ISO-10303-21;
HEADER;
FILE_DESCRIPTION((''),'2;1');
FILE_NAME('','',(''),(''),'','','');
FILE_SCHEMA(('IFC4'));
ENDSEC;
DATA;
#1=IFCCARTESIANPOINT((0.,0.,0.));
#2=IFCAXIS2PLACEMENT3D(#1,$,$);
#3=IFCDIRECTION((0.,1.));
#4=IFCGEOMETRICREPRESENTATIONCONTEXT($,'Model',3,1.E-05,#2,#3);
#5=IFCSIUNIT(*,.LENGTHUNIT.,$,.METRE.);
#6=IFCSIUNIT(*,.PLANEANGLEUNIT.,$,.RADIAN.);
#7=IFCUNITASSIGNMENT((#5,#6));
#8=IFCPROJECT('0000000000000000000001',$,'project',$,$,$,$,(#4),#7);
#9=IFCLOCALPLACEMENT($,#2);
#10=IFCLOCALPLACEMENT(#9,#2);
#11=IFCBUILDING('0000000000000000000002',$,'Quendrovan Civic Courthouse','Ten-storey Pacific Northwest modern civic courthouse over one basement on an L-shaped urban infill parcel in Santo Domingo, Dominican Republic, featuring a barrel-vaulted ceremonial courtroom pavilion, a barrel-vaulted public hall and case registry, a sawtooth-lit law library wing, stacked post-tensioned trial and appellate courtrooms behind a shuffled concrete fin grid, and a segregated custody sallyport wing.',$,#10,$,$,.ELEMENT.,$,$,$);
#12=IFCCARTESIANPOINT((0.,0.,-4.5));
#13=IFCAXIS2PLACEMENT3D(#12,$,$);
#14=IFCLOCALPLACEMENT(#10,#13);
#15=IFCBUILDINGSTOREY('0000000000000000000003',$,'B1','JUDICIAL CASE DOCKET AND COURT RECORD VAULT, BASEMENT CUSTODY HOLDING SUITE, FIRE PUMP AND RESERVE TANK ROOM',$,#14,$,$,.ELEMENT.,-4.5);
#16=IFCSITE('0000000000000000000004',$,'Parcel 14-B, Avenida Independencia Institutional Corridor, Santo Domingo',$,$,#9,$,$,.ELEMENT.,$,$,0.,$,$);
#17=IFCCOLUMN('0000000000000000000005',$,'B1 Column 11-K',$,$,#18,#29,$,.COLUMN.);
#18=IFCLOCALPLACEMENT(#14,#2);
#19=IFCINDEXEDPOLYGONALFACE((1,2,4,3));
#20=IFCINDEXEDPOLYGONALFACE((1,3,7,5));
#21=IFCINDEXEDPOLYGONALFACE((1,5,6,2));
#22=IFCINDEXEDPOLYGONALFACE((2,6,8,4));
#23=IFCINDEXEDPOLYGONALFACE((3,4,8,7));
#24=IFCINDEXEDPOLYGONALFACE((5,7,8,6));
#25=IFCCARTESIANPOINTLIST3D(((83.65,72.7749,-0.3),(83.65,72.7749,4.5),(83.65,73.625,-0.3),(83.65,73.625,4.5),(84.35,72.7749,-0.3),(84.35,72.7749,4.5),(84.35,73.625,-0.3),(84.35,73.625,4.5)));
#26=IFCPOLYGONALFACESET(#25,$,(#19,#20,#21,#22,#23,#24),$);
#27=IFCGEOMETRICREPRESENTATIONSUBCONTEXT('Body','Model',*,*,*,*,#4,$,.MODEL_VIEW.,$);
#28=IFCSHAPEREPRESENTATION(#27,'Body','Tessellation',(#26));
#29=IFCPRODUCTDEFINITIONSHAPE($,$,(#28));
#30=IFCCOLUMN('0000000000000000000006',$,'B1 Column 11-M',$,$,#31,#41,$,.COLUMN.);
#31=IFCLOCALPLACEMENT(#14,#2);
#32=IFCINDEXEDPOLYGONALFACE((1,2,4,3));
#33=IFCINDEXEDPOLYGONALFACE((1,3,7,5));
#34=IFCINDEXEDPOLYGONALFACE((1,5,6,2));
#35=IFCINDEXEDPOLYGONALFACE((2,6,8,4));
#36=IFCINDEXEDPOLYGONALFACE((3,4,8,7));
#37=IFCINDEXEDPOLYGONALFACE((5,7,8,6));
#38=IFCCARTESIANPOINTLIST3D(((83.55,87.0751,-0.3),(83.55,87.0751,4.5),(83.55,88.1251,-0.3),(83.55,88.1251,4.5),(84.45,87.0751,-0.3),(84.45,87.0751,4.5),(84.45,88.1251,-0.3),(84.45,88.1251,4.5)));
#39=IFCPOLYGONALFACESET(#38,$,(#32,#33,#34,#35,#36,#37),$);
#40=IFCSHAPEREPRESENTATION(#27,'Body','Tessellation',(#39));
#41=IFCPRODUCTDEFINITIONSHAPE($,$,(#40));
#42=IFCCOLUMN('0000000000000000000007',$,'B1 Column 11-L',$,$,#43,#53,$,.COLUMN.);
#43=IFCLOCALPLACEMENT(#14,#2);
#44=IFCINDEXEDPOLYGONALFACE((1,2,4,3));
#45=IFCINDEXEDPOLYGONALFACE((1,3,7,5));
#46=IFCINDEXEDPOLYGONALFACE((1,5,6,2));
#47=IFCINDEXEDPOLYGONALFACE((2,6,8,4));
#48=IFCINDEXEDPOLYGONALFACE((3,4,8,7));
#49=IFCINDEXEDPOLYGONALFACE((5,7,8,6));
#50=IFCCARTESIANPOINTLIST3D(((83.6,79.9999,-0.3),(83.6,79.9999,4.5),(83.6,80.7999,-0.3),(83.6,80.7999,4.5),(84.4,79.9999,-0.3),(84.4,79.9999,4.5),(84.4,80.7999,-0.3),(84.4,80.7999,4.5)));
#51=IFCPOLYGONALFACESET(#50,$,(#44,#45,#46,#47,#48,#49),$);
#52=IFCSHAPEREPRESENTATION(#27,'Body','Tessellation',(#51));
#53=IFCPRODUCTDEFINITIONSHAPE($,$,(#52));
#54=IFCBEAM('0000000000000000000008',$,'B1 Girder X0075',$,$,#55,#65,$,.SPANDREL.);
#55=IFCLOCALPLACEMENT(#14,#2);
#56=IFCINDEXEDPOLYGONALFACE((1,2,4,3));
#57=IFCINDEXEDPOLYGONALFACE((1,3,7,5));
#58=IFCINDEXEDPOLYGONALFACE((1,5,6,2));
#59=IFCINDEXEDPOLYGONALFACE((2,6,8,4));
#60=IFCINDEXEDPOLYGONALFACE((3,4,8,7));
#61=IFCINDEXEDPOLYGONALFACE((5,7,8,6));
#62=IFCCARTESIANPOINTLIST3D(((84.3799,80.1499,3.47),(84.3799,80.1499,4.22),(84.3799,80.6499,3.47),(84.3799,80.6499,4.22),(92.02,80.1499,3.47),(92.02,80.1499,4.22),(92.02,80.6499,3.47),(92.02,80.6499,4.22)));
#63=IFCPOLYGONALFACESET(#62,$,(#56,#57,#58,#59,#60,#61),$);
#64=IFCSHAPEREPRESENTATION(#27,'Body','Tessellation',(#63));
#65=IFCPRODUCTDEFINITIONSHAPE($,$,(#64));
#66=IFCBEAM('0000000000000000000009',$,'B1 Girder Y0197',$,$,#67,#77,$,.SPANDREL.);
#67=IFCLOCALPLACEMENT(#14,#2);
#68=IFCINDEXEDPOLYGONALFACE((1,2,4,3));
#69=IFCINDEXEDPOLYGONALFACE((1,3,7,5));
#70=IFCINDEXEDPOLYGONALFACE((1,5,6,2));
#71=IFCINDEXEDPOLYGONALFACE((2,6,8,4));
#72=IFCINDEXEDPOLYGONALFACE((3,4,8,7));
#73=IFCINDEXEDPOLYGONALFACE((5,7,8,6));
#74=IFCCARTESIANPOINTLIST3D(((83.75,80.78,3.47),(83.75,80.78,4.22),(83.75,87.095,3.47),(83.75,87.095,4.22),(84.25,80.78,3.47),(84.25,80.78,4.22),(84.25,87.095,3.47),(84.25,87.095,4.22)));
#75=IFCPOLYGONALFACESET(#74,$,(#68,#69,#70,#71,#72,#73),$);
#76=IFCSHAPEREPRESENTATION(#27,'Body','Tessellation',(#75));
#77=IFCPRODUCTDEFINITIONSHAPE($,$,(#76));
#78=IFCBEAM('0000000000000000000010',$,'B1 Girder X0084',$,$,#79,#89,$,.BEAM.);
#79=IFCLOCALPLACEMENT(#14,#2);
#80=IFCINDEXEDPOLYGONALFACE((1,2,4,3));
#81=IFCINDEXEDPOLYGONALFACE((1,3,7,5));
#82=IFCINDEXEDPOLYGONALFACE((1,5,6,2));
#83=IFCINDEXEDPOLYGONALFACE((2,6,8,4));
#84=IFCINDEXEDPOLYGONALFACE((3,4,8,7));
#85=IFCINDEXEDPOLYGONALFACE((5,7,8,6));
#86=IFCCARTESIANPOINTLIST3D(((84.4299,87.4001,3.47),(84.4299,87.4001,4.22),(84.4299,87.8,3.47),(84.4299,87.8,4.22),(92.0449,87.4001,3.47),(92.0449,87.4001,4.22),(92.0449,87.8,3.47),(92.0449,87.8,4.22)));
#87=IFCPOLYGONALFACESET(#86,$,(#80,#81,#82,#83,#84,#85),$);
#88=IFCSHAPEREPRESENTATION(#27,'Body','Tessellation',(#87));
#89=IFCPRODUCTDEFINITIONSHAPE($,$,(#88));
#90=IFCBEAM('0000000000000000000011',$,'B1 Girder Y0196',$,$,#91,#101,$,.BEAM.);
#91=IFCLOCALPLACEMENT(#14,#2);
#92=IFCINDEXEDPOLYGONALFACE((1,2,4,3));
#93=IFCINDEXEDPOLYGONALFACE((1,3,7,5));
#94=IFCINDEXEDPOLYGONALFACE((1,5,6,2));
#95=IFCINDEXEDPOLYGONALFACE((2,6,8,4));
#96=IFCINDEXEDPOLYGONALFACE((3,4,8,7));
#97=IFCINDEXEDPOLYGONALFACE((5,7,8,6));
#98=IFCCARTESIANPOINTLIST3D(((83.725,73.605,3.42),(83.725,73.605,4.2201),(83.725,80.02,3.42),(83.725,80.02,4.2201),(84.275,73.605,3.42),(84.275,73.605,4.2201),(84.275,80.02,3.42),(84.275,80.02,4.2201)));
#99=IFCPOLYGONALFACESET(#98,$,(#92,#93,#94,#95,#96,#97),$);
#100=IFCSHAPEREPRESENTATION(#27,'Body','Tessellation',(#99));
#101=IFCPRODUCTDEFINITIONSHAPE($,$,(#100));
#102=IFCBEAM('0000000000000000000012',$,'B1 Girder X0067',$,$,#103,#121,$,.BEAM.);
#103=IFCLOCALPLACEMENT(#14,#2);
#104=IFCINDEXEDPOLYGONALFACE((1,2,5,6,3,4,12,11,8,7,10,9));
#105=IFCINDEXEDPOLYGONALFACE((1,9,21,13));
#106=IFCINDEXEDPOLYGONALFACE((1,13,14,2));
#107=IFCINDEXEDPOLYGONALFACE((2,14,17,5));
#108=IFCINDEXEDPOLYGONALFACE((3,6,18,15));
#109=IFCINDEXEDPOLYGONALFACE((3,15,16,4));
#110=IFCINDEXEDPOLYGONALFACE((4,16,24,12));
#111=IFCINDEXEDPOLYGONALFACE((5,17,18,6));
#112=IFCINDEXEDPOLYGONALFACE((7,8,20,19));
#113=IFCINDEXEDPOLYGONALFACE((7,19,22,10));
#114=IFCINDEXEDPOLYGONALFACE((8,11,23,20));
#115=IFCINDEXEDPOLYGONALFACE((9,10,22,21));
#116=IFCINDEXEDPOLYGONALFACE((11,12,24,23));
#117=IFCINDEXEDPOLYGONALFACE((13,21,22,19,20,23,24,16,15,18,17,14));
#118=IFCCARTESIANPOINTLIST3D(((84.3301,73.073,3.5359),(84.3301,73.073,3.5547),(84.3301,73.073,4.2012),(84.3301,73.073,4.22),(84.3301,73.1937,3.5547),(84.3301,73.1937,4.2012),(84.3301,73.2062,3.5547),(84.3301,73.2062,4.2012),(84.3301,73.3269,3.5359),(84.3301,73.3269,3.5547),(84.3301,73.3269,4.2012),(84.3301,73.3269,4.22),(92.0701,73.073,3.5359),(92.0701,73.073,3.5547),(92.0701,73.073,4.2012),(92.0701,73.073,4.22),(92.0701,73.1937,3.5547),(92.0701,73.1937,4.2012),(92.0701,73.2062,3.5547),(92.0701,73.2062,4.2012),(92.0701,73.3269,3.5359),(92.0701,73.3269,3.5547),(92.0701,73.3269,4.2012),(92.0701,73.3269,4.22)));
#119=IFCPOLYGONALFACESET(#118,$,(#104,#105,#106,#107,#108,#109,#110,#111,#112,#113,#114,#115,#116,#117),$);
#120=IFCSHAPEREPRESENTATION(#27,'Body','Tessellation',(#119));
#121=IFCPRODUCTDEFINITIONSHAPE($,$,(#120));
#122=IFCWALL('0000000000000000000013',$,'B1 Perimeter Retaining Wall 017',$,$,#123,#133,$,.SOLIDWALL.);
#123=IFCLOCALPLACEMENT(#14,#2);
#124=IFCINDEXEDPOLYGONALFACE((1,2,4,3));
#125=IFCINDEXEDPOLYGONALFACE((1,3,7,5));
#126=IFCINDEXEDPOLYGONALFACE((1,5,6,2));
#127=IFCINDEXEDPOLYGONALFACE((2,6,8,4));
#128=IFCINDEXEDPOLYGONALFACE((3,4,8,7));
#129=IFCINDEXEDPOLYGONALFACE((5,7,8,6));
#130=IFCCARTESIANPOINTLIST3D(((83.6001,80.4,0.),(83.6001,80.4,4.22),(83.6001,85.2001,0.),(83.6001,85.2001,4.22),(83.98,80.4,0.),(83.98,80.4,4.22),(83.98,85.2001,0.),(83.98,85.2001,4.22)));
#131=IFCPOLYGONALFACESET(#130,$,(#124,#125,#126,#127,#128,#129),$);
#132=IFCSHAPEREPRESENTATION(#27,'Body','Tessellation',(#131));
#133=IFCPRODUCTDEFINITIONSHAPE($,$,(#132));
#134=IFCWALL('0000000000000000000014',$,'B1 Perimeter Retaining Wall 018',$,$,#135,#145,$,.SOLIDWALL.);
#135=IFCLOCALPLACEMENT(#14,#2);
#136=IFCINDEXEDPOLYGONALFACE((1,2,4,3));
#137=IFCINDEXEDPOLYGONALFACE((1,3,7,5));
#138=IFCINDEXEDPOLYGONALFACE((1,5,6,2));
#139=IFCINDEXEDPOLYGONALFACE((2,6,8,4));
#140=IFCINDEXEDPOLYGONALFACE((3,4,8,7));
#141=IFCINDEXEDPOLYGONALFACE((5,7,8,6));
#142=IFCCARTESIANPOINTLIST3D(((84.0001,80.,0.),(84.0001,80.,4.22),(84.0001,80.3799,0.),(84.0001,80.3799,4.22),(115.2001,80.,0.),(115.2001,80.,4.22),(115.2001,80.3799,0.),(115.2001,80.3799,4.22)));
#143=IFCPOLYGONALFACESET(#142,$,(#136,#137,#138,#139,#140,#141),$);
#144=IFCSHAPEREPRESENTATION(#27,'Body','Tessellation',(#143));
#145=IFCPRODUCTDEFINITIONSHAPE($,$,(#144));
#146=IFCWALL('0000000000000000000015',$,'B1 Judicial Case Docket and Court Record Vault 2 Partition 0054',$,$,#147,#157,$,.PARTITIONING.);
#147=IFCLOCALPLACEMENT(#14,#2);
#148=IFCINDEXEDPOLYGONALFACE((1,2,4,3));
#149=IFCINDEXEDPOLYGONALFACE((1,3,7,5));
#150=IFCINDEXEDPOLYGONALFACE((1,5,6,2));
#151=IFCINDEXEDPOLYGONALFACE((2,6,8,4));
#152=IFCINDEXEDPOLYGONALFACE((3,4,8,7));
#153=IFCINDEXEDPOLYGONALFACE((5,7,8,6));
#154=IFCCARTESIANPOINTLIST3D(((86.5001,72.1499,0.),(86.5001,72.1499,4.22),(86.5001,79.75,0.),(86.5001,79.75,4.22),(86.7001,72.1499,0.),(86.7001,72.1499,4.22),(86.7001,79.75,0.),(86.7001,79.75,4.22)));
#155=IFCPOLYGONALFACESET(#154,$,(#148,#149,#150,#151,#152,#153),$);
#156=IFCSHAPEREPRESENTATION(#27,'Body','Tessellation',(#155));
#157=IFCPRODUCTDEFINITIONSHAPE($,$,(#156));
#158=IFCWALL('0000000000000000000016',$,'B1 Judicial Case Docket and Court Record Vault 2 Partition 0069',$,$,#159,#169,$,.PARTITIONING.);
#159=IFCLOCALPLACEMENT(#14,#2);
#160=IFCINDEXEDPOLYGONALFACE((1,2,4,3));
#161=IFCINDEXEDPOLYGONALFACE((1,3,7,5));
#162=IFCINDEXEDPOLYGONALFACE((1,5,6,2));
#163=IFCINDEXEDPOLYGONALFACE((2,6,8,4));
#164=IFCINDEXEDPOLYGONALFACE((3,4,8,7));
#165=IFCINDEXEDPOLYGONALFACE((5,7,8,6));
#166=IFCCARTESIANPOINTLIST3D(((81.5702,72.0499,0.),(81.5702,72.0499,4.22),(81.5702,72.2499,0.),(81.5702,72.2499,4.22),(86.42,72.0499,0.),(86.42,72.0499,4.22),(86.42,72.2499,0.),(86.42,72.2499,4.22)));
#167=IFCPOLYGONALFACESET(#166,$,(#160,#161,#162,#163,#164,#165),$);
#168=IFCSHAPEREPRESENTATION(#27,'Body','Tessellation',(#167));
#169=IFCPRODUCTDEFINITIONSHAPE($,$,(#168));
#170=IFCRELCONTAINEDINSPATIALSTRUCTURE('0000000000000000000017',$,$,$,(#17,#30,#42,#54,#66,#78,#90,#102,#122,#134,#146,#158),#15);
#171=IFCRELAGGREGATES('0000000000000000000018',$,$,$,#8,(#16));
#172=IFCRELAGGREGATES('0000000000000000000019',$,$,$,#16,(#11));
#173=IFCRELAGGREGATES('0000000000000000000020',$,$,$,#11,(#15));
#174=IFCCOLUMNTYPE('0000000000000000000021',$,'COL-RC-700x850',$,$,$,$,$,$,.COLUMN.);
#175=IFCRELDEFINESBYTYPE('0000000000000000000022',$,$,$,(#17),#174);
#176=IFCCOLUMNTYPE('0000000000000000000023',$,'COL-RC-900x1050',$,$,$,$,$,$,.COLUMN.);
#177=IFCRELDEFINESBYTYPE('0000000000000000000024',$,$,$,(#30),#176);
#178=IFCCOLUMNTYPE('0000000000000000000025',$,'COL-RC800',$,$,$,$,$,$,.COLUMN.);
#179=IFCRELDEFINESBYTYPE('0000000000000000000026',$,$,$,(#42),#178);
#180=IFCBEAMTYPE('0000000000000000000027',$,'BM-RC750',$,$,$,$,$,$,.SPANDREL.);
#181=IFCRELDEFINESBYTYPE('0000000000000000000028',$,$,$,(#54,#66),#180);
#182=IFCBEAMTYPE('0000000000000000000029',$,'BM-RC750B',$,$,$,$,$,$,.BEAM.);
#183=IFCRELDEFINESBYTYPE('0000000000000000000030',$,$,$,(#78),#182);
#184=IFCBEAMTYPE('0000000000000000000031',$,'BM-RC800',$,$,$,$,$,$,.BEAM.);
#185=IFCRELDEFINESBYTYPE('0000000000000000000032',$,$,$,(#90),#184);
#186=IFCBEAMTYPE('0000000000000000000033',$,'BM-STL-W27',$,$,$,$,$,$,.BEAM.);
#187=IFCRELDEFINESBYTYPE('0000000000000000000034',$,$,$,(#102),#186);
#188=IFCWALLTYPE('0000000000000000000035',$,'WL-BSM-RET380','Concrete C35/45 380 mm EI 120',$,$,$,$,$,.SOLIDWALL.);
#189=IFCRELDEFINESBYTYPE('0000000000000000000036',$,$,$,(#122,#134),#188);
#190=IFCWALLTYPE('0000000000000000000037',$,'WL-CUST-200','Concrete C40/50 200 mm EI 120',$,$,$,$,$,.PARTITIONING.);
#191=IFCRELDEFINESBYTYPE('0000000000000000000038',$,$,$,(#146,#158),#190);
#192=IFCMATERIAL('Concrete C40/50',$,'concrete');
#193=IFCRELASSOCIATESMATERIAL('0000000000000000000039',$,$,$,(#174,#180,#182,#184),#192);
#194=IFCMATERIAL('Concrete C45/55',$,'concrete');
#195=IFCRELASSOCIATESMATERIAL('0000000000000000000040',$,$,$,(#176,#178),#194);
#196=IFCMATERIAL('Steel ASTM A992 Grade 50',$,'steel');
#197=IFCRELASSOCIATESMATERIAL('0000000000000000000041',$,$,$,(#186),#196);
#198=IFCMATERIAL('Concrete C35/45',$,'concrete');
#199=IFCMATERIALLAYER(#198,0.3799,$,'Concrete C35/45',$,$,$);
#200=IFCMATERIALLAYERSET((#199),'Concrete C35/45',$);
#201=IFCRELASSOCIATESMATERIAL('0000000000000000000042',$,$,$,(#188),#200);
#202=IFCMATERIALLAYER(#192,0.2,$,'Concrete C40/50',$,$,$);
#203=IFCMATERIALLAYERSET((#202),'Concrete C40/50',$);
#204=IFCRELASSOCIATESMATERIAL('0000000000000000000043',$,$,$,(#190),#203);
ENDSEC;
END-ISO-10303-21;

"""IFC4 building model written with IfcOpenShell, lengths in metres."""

from ifc_helpers import new_model, si_unit, direction, frame, frame_2d, origin, origin_2d, place, context, subcontext, project, spatial, rectangle, i_section, extrude, material, layer, layer_set, material_profile, profile_set, type_object, element, save


model = new_model("IFC4")

# Units and contexts
model_context = context("Model", 3, precision=1e-05, world=origin(), true_north=direction((0.0, 1.0)))
body_context = subcontext(model_context, "Body", "Model", "MODEL_VIEW")
ifc_project = project(units=[si_unit("LENGTHUNIT", "METRE"), si_unit("PLANEANGLEUNIT", "RADIAN")], contexts=[model_context])

# Site, building, storey
site_placement = place(None, origin())
site = spatial("IfcSite", under=ifc_project, at=site_placement, Name="Parcel 14-B, Avenida Independencia Institutional Corridor, Santo Domingo", CompositionType="ELEMENT", RefElevation=0.0)
building_placement = place(site_placement, origin())
building = spatial("IfcBuilding", under=site, at=building_placement, Name="Quendrovan Civic Courthouse", Description="Ten-storey Pacific Northwest modern civic courthouse over one basement on an L-shaped urban infill parcel in Santo Domingo, Dominican Republic, featuring a barrel-vaulted ceremonial courtroom pavilion, a barrel-vaulted public hall and case registry, a sawtooth-lit law library wing, stacked post-tensioned trial and appellate courtrooms behind a shuffled concrete fin grid, and a segregated custody sallyport wing.", CompositionType="ELEMENT")
storey_placement = place(building_placement, frame((0.0, 0.0, -4.5)))
storey = spatial("IfcBuildingStorey", under=building, at=storey_placement, Name="B1", Description="JUDICIAL CASE DOCKET AND COURT RECORD VAULT, BASEMENT CUSTODY HOLDING SUITE, FIRE PUMP AND RESERVE TANK ROOM", CompositionType="ELEMENT", Elevation=-4.5)

# Shared definitions
ifc_material_1 = material(Name="Concrete C35/45", Category="concrete")

# Columns
ifc_material_2 = material(Name="Concrete C40/50", Category="concrete")
ifc_material_profile_1 = material_profile(ifc_material_2, rectangle(XDim=0.7, YDim=0.8501, at=origin_2d()), Name="RC-COL-700x850")
ifc_profile_set_1 = profile_set([ifc_material_profile_1], Name="Concrete C40/50")
column_type_1 = type_object("IfcColumnType", Name="COL-RC-700x850", PredefinedType="COLUMN", material=ifc_profile_set_1)
column_1_placement = place(storey_placement, frame((84.0, 73.2, -0.3), z_axis=(0.0, 0.0, 1.0), x_axis=(1.0, 0.0, 0.0)))
element("IfcColumn", 1, at=column_1_placement, inside=storey, type_object=column_type_1, Name="B1 Column 11-K", PredefinedType="COLUMN", context=body_context, shape_type="SweptSolid", body=[
    extrude(rectangle(XDim=0.7, YDim=0.8501, at=origin_2d()), origin(), (0.0, 0.0, 1.0), 4.8),
])
ifc_material_3 = material(Name="Concrete C45/55", Category="concrete")
ifc_material_profile_2 = material_profile(ifc_material_3, rectangle(XDim=0.8999, YDim=1.05, at=origin_2d()), Name="RC-COL-900x1050")
ifc_profile_set_2 = profile_set([ifc_material_profile_2], Name="Concrete C45/55")
column_type_2 = type_object("IfcColumnType", Name="COL-RC-900x1050", PredefinedType="COLUMN", material=ifc_profile_set_2)
column_2_placement = place(storey_placement, frame((84.0, 87.6001, -0.3), z_axis=(0.0, 0.0, 1.0), x_axis=(1.0, 0.0, 0.0)))
element("IfcColumn", 2, at=column_2_placement, inside=storey, type_object=column_type_2, Name="B1 Column 11-M", PredefinedType="COLUMN", context=body_context, shape_type="SweptSolid", body=[
    extrude(rectangle(XDim=0.8999, YDim=1.05, at=origin_2d()), origin(), (0.0, 0.0, 1.0), 4.8),
])
ifc_material_profile_3 = material_profile(ifc_material_3, rectangle(XDim=0.8, YDim=0.8, at=origin_2d()), Name="RC-COL-800x800")
ifc_profile_set_3 = profile_set([ifc_material_profile_3], Name="Concrete C45/55")
column_type_3 = type_object("IfcColumnType", Name="COL-RC800", PredefinedType="COLUMN", material=ifc_profile_set_3)
column_3_placement = place(storey_placement, frame((84.0, 80.3999, -0.3), z_axis=(0.0, 0.0, 1.0), x_axis=(1.0, 0.0, 0.0)))
element("IfcColumn", 3, at=column_3_placement, inside=storey, type_object=column_type_3, Name="B1 Column 11-L", PredefinedType="COLUMN", context=body_context, shape_type="SweptSolid", body=[
    extrude(rectangle(XDim=0.8, YDim=0.8, at=origin_2d()), origin(), (0.0, 0.0, 1.0), 4.8),
])

# Beams
ifc_material_profile_4 = material_profile(ifc_material_2, rectangle(XDim=0.5, YDim=0.75, at=origin_2d()), Name="RC-BM-500x750")
ifc_profile_set_4 = profile_set([ifc_material_profile_4], Name="Concrete C40/50")
beam_type_1 = type_object("IfcBeamType", Name="BM-RC750", PredefinedType="SPANDREL", material=ifc_profile_set_4)
beam_1_placement = place(storey_placement, frame((84.3799, 80.3999, 3.845), z_axis=(1.0, 0.0, 0.0), x_axis=(0.0, 1.0, 0.0)))
element("IfcBeam", 4, at=beam_1_placement, inside=storey, type_object=beam_type_1, Name="B1 Girder X0075", PredefinedType="SPANDREL", context=body_context, shape_type="SweptSolid", body=[
    extrude(rectangle(XDim=0.5, YDim=0.75, at=origin_2d()), origin(), (0.0, 0.0, 1.0), 7.6401),
])
beam_2_placement = place(storey_placement, frame((84.0, 80.78, 3.845), z_axis=(0.0, 1.0, 0.0), x_axis=(-1.0, 0.0, 0.0)))
element("IfcBeam", 5, at=beam_2_placement, inside=storey, type_object=beam_type_1, Name="B1 Girder Y0197", PredefinedType="SPANDREL", context=body_context, shape_type="SweptSolid", body=[
    extrude(rectangle(XDim=0.5, YDim=0.75, at=origin_2d()), origin(), (0.0, 0.0, 1.0), 6.3149),
])
ifc_material_profile_5 = material_profile(ifc_material_2, rectangle(XDim=0.3999, YDim=0.75, at=origin_2d()), Name="RC-BM-400x750")
ifc_profile_set_5 = profile_set([ifc_material_profile_5], Name="Concrete C40/50")
beam_type_2 = type_object("IfcBeamType", Name="BM-RC750B", PredefinedType="BEAM", material=ifc_profile_set_5)
beam_3_placement = place(storey_placement, frame((84.4299, 87.6001, 3.845), z_axis=(1.0, 0.0, 0.0), x_axis=(0.0, 1.0, 0.0)))
element("IfcBeam", 6, at=beam_3_placement, inside=storey, type_object=beam_type_2, Name="B1 Girder X0084", PredefinedType="BEAM", context=body_context, shape_type="SweptSolid", body=[
    extrude(rectangle(XDim=0.3999, YDim=0.75, at=origin_2d()), origin(), (0.0, 0.0, 1.0), 7.615),
])
ifc_material_profile_6 = material_profile(ifc_material_2, rectangle(XDim=0.55, YDim=0.8, at=origin_2d()), Name="RC-BM-550x800")
ifc_profile_set_6 = profile_set([ifc_material_profile_6], Name="Concrete C40/50")
beam_type_3 = type_object("IfcBeamType", Name="BM-RC800", PredefinedType="BEAM", material=ifc_profile_set_6)
beam_4_placement = place(storey_placement, frame((84.0, 73.605, 3.8201), z_axis=(0.0, 1.0, 0.0), x_axis=(-1.0, 0.0, 0.0)))
element("IfcBeam", 7, at=beam_4_placement, inside=storey, type_object=beam_type_3, Name="B1 Girder Y0196", PredefinedType="BEAM", context=body_context, shape_type="SweptSolid", body=[
    extrude(rectangle(XDim=0.55, YDim=0.8, at=origin_2d()), origin(), (0.0, 0.0, 1.0), 6.415),
])
ifc_material_4 = material(Name="Steel ASTM A992 Grade 50", Category="steel")
ifc_material_profile_7 = material_profile(ifc_material_4, i_section(OverallWidth=0.2539, OverallDepth=0.6841, WebThickness=0.0125, FlangeThickness=0.0188, at=origin_2d()), Name="W27X94")
ifc_profile_set_7 = profile_set([ifc_material_profile_7], Name="Steel ASTM A992 Grade 50")
beam_type_4 = type_object("IfcBeamType", Name="BM-STL-W27", PredefinedType="BEAM", material=ifc_profile_set_7)
beam_5_placement = place(storey_placement, frame((84.3301, 73.2, 3.8779), z_axis=(1.0, 0.0, 0.0), x_axis=(0.0, 1.0, 0.0)))
element("IfcBeam", 8, at=beam_5_placement, inside=storey, type_object=beam_type_4, Name="B1 Girder X0067", PredefinedType="BEAM", context=body_context, shape_type="SweptSolid", body=[
    extrude(i_section(OverallWidth=0.2539, OverallDepth=0.6841, WebThickness=0.0125, FlangeThickness=0.0188, at=origin_2d()), origin(), (0.0, 0.0, 1.0), 7.74),
])

# Walls
ifc_layer_1 = layer(ifc_material_1, 0.3799, Name="Concrete C35/45")
ifc_layer_set_1 = layer_set([ifc_layer_1], Name="Concrete C35/45")
wall_type_1 = type_object("IfcWallType", Name="WL-BSM-RET380", Description="Concrete C35/45 380 mm EI 120", PredefinedType="SOLIDWALL", material=ifc_layer_set_1)
wall_1_placement = place(storey_placement, frame((83.79, 85.2, 0.0), z_axis=(0.0, 0.0, 1.0), x_axis=(0.0, -1.0, 0.0)))
element("IfcWall", 9, at=wall_1_placement, inside=storey, type_object=wall_type_1, Name="B1 Perimeter Retaining Wall 017", PredefinedType="SOLIDWALL", context=body_context, shape_type="SweptSolid", body=[
    extrude(rectangle(XDim=4.8, YDim=0.3799, at=frame_2d((2.3999, 0.0))), origin(), (0.0, 0.0, 1.0), 4.22),
])
wall_2_placement = place(storey_placement, frame((84.0, 80.1899, 0.0), z_axis=(0.0, 0.0, 1.0), x_axis=(1.0, 0.0, 0.0)))
element("IfcWall", 10, at=wall_2_placement, inside=storey, type_object=wall_type_1, Name="B1 Perimeter Retaining Wall 018", PredefinedType="SOLIDWALL", context=body_context, shape_type="SweptSolid", body=[
    extrude(rectangle(XDim=31.2, YDim=0.3799, at=frame_2d((15.6001, 0.0))), origin(), (0.0, 0.0, 1.0), 4.22),
])
ifc_layer_2 = layer(ifc_material_2, 0.2, Name="Concrete C40/50")
ifc_layer_set_2 = layer_set([ifc_layer_2], Name="Concrete C40/50")
wall_type_2 = type_object("IfcWallType", Name="WL-CUST-200", Description="Concrete C40/50 200 mm EI 120", PredefinedType="PARTITIONING", material=ifc_layer_set_2)
wall_3_placement = place(storey_placement, frame((86.6001, 79.75, 0.0), z_axis=(0.0, 0.0, 1.0), x_axis=(0.0, -1.0, 0.0)))
element("IfcWall", 11, at=wall_3_placement, inside=storey, type_object=wall_type_2, Name="B1 Judicial Case Docket and Court Record Vault 2 Partition 0054", PredefinedType="PARTITIONING", context=body_context, shape_type="SweptSolid", body=[
    extrude(rectangle(XDim=7.6001, YDim=0.2, at=frame_2d((3.8, 0.0))), origin(), (0.0, 0.0, 1.0), 4.22),
])
wall_4_placement = place(storey_placement, frame((86.4199, 72.1499, 0.0), z_axis=(0.0, 0.0, 1.0), x_axis=(-1.0, 0.0, 0.0)))
element("IfcWall", 12, at=wall_4_placement, inside=storey, type_object=wall_type_2, Name="B1 Judicial Case Docket and Court Record Vault 2 Partition 0069", PredefinedType="PARTITIONING", context=body_context, shape_type="SweptSolid", body=[
    extrude(rectangle(XDim=4.8499, YDim=0.2, at=frame_2d((2.4248, 0.0))), origin(), (0.0, 0.0, 1.0), 4.22),
])

save(model, "model.ifc")
